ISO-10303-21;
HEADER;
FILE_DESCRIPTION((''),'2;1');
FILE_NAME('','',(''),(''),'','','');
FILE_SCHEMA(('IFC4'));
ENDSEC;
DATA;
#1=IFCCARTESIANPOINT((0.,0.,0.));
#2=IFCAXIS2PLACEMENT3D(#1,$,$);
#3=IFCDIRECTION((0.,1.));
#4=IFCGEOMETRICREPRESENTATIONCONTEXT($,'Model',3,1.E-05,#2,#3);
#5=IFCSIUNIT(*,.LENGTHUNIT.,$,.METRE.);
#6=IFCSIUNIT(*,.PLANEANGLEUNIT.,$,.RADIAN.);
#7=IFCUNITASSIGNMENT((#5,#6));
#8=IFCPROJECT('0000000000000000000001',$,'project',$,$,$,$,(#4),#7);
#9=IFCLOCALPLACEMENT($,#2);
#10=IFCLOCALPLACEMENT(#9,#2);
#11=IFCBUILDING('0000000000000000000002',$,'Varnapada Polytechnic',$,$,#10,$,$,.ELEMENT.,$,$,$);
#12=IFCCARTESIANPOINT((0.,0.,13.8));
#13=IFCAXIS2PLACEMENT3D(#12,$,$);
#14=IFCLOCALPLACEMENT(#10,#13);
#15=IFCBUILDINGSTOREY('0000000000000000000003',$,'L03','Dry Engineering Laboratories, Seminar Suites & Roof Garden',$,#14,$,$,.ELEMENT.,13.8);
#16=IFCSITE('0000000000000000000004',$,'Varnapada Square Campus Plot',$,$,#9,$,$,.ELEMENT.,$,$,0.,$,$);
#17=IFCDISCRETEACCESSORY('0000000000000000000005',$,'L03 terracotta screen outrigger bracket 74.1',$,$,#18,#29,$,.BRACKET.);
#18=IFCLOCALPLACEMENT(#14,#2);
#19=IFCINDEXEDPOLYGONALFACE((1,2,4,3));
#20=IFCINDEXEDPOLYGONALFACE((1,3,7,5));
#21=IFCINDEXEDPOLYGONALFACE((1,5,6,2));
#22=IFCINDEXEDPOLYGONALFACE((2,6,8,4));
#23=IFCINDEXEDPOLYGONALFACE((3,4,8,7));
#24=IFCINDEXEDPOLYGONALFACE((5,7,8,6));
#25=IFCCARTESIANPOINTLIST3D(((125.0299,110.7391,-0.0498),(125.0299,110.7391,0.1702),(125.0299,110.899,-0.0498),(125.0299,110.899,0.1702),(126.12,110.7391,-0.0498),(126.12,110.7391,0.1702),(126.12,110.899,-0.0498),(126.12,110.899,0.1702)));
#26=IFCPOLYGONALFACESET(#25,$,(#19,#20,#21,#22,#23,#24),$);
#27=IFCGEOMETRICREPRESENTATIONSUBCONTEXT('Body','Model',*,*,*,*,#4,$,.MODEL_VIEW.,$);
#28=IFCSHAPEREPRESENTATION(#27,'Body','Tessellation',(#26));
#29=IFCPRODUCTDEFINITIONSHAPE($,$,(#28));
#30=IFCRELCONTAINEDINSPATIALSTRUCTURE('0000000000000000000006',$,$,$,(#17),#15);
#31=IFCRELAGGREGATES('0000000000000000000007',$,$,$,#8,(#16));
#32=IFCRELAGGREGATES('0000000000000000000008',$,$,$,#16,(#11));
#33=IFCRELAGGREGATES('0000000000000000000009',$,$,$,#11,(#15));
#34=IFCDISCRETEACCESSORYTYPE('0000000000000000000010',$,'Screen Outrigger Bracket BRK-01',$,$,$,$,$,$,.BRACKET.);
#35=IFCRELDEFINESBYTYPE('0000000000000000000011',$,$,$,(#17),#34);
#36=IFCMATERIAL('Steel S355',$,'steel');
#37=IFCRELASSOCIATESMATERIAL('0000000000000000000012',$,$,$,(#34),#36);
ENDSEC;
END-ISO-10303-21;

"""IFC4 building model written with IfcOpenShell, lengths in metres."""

from ifc_helpers import new_model, si_unit, direction, frame, origin, origin_2d, place, context, subcontext, project, spatial, rectangle, extrude, material, type_object, element, save


model = new_model("IFC4")

# Units and contexts
model_context = context("Model", 3, precision=1e-05, world=origin(), true_north=direction((0.0, 1.0)))
body_context = subcontext(model_context, "Body", "Model", "MODEL_VIEW")
ifc_project = project(units=[si_unit("LENGTHUNIT", "METRE"), si_unit("PLANEANGLEUNIT", "RADIAN")], contexts=[model_context])

# Site, building, storey
site_placement = place(None, origin())
site = spatial("IfcSite", under=ifc_project, at=site_placement, Name="Varnapada Square Campus Plot", CompositionType="ELEMENT", RefElevation=0.0)
building_placement = place(site_placement, origin())
building = spatial("IfcBuilding", under=site, at=building_placement, Name="Varnapada Polytechnic", CompositionType="ELEMENT")
storey_placement = place(building_placement, frame((0.0, 0.0, 13.8)))
storey = spatial("IfcBuildingStorey", under=building, at=storey_placement, Name="L03", Description="Dry Engineering Laboratories, Seminar Suites & Roof Garden", CompositionType="ELEMENT", Elevation=13.8)

# Discrete accessory
ifc_material_1 = material(Name="Steel S355", Category="steel")
discrete_accessory_type = type_object("IfcDiscreteAccessoryType", Name="Screen Outrigger Bracket BRK-01", PredefinedType="BRACKET", material=ifc_material_1)
for number, where, z_axis, x_axis, name in (
    (1, (125.575, 110.8191, -0.0498), (0.0, 0.0, 1.0), (0.0, 1.0, 0.0), "L03 terracotta screen outrigger bracket 74.1"),
):
    element("IfcDiscreteAccessory", number, at=place(storey_placement, frame(where, z_axis=z_axis, x_axis=x_axis)), inside=storey, type_object=discrete_accessory_type, Name=name, PredefinedType="BRACKET", context=body_context, shape_type="SweptSolid", body=[
        extrude(rectangle(XDim=0.1599, YDim=1.0901, at=origin_2d()), origin(), (0.0, 0.0, 1.0), 0.22),
    ])

save(model, "model.ifc")
